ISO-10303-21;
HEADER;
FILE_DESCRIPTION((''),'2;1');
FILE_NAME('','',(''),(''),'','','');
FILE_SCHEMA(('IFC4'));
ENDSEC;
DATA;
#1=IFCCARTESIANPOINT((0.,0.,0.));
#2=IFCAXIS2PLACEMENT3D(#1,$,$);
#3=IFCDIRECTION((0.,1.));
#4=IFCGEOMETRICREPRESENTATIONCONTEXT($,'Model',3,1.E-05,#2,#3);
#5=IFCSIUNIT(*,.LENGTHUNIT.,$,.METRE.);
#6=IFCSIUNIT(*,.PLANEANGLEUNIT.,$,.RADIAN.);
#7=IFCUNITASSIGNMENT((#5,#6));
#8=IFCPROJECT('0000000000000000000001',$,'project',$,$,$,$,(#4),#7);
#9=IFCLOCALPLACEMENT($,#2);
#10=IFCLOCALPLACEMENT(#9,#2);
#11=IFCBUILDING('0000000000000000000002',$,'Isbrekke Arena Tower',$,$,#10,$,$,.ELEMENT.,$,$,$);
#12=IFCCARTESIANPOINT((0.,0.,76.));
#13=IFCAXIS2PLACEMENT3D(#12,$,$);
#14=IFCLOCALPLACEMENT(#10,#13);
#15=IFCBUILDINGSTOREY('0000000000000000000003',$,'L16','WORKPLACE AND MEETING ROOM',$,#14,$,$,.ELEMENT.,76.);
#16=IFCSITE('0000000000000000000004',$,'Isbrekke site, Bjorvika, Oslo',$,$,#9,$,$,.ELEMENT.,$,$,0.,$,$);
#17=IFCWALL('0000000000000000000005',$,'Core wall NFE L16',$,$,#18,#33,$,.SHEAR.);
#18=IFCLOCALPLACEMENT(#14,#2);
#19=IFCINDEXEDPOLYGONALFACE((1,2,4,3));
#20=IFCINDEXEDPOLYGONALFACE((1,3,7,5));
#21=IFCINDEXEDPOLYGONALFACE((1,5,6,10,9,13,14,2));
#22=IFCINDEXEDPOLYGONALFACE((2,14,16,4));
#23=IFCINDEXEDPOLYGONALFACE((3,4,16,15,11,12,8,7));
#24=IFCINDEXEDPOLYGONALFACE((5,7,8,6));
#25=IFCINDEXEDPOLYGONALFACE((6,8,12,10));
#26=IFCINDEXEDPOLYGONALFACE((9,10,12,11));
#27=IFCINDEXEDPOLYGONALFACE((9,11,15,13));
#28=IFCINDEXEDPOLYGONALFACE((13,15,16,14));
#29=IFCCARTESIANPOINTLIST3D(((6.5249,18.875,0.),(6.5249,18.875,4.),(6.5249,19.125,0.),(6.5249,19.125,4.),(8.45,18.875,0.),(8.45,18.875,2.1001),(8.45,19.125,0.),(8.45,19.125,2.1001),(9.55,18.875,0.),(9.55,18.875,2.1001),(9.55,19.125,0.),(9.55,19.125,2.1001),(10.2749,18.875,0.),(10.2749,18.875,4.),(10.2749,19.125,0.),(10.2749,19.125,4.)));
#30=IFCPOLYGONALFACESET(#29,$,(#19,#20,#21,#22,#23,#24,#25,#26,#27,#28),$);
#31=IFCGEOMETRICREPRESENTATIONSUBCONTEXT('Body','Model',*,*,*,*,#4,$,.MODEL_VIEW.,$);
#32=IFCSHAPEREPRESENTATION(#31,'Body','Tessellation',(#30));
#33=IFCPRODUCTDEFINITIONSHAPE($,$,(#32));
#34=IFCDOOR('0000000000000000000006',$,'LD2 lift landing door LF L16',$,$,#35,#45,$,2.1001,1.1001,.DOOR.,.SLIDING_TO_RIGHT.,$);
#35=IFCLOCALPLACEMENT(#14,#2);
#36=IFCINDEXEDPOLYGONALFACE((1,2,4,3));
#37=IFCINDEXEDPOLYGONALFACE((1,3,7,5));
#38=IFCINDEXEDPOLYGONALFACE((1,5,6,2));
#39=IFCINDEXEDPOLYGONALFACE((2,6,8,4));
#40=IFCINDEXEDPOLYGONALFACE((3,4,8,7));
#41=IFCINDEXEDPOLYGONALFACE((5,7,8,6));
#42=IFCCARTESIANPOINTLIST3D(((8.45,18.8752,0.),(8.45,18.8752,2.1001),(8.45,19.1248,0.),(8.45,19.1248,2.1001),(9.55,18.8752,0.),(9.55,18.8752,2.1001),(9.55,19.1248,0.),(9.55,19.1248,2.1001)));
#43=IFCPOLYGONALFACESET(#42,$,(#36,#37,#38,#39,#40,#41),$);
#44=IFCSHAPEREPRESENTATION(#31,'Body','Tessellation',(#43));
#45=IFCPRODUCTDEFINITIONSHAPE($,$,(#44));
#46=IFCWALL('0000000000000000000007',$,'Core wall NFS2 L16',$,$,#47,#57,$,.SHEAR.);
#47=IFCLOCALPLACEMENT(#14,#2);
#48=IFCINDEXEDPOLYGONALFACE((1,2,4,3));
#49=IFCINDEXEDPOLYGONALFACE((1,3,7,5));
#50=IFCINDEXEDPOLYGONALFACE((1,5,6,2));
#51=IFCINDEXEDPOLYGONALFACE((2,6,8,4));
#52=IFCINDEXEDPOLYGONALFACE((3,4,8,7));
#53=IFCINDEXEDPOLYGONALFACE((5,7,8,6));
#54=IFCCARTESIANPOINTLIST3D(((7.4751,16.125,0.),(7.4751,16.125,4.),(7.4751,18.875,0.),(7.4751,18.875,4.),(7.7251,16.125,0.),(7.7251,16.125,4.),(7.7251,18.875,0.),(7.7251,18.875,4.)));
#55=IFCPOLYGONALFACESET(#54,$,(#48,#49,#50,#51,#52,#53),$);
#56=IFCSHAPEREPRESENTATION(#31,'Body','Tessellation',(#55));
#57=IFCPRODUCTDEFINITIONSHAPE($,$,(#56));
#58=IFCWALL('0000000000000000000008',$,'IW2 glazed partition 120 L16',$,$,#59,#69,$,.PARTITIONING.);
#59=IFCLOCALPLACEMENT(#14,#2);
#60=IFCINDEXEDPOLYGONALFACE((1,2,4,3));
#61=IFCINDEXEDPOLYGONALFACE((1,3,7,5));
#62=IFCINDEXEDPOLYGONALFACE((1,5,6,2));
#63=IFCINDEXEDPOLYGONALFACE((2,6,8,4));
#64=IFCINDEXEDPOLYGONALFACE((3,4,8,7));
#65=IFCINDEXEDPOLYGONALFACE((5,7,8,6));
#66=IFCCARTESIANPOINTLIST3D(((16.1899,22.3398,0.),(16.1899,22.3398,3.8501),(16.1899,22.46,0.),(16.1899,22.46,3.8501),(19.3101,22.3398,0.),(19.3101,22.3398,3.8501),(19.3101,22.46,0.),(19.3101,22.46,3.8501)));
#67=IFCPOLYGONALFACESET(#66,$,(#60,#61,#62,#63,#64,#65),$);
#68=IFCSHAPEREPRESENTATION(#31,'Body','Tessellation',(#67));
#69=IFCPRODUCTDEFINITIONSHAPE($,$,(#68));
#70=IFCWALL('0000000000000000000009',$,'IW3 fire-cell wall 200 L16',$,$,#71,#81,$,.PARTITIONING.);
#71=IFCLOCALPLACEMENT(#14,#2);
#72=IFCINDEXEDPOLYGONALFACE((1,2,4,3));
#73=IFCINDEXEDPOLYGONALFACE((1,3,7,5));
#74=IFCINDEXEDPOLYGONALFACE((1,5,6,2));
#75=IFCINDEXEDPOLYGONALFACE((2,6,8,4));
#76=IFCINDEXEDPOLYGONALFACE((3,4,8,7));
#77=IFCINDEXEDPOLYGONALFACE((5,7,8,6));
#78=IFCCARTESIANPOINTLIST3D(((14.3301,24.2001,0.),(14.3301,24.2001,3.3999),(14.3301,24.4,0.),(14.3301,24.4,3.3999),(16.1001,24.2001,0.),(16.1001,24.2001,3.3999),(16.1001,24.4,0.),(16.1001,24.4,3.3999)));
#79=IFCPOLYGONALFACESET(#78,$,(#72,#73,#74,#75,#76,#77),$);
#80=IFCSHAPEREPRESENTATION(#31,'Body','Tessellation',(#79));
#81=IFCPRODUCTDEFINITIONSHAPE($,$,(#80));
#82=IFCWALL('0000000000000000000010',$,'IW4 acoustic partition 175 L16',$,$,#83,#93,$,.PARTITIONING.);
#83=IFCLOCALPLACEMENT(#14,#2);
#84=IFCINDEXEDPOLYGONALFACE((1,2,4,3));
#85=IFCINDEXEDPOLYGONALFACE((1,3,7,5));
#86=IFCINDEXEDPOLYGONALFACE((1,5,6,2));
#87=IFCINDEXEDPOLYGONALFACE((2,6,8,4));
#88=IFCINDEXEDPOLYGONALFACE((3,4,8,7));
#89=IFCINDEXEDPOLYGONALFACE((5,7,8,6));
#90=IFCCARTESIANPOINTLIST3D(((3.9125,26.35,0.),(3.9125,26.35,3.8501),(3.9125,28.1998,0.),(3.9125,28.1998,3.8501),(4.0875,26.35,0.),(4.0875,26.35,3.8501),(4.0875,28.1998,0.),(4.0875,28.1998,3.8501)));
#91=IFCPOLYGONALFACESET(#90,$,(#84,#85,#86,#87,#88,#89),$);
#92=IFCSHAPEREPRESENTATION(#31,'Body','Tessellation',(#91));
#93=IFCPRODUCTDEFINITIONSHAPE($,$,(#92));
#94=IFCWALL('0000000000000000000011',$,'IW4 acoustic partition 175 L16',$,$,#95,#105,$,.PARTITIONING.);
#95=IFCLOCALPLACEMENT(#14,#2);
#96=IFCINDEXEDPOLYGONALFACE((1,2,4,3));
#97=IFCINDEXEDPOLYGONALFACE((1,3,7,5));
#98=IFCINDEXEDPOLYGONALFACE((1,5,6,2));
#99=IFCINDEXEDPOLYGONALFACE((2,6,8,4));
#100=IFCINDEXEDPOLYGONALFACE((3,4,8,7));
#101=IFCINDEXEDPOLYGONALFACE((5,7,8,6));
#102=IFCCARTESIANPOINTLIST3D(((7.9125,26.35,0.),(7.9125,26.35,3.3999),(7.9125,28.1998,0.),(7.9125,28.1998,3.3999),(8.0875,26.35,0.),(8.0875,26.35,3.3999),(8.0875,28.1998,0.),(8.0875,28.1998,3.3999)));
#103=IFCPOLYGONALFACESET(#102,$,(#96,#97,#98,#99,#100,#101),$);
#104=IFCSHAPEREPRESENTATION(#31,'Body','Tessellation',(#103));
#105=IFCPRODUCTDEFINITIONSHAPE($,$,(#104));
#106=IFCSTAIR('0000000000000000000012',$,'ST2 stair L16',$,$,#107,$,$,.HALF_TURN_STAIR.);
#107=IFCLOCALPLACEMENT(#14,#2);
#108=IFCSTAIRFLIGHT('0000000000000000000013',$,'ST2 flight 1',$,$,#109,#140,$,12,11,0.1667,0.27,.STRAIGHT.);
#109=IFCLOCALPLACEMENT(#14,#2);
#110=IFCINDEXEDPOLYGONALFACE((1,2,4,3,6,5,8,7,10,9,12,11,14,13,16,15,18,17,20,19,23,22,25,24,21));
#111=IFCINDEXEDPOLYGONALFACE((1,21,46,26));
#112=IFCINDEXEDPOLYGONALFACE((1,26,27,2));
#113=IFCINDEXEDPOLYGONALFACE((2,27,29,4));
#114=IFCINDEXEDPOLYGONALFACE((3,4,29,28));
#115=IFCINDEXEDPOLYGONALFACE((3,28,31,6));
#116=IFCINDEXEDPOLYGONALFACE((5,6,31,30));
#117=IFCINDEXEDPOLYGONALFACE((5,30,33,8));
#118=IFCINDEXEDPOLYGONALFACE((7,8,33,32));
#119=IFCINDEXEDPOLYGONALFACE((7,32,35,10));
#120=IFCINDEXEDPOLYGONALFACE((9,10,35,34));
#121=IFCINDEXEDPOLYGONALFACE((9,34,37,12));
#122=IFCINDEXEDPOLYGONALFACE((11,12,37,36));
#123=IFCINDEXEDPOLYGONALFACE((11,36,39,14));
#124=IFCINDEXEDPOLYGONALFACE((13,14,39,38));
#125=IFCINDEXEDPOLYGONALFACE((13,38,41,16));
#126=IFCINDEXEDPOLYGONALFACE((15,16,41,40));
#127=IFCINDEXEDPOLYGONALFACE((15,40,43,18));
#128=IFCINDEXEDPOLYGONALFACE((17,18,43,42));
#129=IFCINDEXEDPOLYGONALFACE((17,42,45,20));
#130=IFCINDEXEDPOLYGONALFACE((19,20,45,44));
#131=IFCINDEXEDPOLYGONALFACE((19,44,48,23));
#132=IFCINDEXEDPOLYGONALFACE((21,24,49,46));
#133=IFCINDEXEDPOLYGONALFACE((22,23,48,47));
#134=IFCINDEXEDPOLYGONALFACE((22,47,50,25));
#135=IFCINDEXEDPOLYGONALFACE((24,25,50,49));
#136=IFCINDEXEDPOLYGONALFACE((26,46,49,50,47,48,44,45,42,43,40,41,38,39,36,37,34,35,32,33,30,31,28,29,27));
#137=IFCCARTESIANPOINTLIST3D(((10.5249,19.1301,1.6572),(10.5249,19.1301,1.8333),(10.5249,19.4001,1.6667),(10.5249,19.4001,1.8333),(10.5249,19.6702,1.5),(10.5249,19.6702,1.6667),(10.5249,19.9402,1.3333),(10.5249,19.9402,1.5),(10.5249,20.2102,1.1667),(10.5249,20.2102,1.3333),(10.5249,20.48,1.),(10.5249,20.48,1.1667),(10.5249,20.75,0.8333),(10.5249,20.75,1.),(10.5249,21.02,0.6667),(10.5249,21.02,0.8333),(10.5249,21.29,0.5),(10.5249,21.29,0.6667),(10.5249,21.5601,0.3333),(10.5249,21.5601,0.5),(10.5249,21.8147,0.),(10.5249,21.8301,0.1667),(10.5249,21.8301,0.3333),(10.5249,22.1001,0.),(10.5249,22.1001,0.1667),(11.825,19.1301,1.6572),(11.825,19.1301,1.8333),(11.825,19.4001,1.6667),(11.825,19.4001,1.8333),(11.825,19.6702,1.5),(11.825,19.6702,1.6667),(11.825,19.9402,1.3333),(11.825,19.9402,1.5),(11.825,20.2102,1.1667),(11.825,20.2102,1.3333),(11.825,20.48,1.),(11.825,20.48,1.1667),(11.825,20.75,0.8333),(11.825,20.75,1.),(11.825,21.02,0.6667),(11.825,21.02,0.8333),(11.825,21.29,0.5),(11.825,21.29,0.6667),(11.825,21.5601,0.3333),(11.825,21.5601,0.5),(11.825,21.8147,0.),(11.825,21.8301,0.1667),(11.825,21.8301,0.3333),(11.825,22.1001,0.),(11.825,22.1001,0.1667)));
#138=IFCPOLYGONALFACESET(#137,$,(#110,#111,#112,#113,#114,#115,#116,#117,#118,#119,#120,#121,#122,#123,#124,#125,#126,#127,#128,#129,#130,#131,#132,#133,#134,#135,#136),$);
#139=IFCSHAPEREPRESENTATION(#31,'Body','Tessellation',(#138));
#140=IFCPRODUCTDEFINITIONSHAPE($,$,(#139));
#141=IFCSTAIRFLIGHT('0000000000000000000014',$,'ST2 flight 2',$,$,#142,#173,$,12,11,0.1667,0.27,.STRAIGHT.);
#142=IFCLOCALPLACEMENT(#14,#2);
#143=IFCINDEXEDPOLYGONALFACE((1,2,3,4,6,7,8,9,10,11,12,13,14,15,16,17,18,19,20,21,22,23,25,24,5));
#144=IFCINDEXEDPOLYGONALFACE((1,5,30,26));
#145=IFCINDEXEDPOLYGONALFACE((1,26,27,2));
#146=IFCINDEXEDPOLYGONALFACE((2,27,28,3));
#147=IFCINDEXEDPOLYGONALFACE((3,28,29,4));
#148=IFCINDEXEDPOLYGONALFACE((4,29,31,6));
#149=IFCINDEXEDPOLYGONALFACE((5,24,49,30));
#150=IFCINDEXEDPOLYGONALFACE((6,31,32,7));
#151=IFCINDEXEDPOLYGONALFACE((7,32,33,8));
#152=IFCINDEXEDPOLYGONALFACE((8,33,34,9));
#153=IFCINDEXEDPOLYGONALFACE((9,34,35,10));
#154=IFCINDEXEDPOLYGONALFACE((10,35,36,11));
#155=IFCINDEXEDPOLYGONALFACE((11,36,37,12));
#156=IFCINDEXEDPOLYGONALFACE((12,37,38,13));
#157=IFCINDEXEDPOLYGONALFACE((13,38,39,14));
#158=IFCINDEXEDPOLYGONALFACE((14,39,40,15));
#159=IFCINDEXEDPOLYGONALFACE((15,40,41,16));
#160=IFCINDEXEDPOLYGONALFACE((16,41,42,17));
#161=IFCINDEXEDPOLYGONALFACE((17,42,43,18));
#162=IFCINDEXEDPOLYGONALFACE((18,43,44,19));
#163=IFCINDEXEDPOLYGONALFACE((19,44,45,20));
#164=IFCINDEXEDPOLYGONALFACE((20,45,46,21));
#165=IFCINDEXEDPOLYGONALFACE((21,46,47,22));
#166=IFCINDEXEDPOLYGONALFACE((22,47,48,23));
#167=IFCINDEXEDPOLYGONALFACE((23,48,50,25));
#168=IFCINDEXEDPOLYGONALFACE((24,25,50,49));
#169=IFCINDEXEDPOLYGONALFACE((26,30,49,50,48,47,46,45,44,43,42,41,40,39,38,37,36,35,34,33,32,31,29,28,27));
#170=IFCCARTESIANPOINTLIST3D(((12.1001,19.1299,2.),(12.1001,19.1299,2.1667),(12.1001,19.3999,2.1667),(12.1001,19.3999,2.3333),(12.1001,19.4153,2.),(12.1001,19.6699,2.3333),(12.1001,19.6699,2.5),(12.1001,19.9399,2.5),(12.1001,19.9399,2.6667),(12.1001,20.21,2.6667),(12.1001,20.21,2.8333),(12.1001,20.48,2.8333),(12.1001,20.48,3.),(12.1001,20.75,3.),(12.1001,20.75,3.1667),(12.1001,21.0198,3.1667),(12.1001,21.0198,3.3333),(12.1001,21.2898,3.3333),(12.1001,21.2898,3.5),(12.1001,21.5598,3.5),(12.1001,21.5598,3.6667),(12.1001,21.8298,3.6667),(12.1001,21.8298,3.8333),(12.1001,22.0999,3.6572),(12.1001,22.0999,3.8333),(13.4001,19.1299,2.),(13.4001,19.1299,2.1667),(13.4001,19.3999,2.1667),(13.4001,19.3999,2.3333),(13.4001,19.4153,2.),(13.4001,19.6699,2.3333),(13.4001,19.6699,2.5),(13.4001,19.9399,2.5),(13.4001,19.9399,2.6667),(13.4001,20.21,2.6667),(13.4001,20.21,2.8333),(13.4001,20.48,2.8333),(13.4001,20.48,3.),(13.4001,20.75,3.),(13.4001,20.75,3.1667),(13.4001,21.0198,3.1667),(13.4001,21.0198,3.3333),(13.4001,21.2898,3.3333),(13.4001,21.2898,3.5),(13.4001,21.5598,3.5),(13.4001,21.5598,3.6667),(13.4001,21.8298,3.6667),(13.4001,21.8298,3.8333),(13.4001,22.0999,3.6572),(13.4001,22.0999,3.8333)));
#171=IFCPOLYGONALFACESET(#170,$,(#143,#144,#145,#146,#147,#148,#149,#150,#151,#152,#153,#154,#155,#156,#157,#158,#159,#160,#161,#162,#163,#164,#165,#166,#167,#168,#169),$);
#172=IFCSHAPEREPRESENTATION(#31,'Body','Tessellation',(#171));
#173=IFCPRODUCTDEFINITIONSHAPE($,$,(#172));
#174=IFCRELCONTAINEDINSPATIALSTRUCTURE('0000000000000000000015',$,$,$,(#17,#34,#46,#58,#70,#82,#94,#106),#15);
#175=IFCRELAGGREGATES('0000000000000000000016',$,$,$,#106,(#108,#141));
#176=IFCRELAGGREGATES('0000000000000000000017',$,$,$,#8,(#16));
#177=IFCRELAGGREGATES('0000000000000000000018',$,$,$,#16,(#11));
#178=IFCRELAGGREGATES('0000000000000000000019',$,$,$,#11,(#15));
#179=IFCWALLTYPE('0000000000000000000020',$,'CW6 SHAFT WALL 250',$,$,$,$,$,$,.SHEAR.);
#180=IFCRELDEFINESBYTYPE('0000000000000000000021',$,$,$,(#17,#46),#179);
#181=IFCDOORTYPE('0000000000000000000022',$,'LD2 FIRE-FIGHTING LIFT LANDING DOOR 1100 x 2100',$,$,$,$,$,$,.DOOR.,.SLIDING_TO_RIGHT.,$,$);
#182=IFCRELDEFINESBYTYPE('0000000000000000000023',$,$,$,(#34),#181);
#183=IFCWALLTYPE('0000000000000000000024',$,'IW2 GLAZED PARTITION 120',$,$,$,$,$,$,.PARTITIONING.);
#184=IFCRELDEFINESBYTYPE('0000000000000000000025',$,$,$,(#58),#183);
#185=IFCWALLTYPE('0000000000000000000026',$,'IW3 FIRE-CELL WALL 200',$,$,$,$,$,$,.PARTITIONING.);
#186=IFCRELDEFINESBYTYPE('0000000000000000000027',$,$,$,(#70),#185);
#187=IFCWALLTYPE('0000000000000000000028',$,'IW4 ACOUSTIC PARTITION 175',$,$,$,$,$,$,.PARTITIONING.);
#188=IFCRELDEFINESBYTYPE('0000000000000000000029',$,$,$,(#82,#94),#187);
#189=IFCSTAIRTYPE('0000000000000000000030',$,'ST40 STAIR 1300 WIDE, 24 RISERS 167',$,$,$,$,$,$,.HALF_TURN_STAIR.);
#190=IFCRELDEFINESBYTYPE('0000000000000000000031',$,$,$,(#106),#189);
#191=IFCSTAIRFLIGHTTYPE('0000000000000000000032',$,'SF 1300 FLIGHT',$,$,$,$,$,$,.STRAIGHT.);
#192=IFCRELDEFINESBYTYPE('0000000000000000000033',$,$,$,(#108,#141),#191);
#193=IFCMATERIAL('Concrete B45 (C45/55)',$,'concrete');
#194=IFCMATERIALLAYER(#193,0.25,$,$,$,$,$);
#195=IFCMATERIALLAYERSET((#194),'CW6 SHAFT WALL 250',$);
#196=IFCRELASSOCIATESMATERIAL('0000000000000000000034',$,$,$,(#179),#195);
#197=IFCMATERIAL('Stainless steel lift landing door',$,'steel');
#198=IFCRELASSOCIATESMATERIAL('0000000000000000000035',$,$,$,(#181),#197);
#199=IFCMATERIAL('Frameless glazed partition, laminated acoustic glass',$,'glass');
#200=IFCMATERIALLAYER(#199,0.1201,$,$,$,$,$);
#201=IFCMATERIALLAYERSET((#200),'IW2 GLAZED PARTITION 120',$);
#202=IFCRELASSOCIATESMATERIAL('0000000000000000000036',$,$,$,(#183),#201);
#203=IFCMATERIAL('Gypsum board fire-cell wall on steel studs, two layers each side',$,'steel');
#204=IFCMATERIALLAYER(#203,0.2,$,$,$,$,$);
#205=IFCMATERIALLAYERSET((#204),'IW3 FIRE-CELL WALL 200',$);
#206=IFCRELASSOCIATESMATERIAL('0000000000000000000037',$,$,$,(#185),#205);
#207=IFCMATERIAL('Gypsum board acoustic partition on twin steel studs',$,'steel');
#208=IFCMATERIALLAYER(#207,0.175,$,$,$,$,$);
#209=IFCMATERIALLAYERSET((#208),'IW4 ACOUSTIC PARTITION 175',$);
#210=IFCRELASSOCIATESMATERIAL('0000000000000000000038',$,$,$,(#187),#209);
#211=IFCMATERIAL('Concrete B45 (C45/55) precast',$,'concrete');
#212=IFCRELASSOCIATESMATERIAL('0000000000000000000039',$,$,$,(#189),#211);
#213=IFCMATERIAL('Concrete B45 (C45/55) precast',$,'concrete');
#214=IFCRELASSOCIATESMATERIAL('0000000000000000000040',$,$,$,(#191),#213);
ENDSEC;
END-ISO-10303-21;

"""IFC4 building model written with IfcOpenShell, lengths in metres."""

from ifc_helpers import new_model, si_unit, direction, frame, frame_2d, origin, place, context, subcontext, project, spatial, polyline, rectangle, outline, extrude, material, layer, layer_set, type_object, element, fill, aggregate, save


model = new_model("IFC4")

# Units and contexts
model_context = context("Model", 3, precision=1e-05, world=origin(), true_north=direction((0.0, 1.0)))
body_context = subcontext(model_context, "Body", "Model", "MODEL_VIEW")
ifc_project = project(units=[si_unit("LENGTHUNIT", "METRE"), si_unit("PLANEANGLEUNIT", "RADIAN")], contexts=[model_context])

# Site, building, storey
site_placement = place(None, origin())
site = spatial("IfcSite", under=ifc_project, at=site_placement, Name="Isbrekke site, Bjorvika, Oslo", CompositionType="ELEMENT", RefElevation=0.0)
building_placement = place(site_placement, origin())
building = spatial("IfcBuilding", under=site, at=building_placement, Name="Isbrekke Arena Tower", CompositionType="ELEMENT")
storey_placement = place(building_placement, frame((0.0, 0.0, 76.0)))
storey = spatial("IfcBuildingStorey", under=building, at=storey_placement, Name="L16", Description="WORKPLACE AND MEETING ROOM", CompositionType="ELEMENT", Elevation=76.0)

# Shared definitions
ifc_material_1 = material(Name="Concrete B45 (C45/55)", Category="concrete")
ifc_layer_1 = layer(ifc_material_1, 0.25)
ifc_layer_set_1 = layer_set([ifc_layer_1], Name="CW6 SHAFT WALL 250")
wall_type_1 = type_object("IfcWallType", Name="CW6 SHAFT WALL 250", PredefinedType="SHEAR", material=ifc_layer_set_1)

# Wall, opening, door
wall_1_placement = place(storey_placement, frame((6.5249, 19.0, 0.0), z_axis=(0.0, 0.0, 1.0), x_axis=(1.0, 0.0, 0.0)))
wall_1 = element("IfcWall", 1, at=wall_1_placement, inside=storey, type_object=wall_type_1, Name="Core wall NFE L16", PredefinedType="SHEAR", context=body_context, shape_type="SweptSolid", body=[
    extrude(rectangle(XDim=3.75, YDim=0.25, at=frame_2d((1.875, 0.0))), origin(), (0.0, 0.0, 1.0), 4.0),
])
opening_1_placement = place(wall_1_placement, frame((1.925, 0.0, 0.0)))
opening_1 = element("IfcOpeningElement", 2, at=opening_1_placement, cuts=wall_1, PredefinedType="OPENING", context=body_context, shape_type="SweptSolid", body=[
    extrude(rectangle(XDim=1.1001, YDim=2.1001, at=frame_2d((0.55, 1.05))), frame((0.0, 0.1399, 0.0), z_axis=(0.0, -1.0, 0.0), x_axis=(1.0, 0.0, 0.0)), (0.0, 0.0, 1.0), 0.2798),
])
ifc_material_2 = material(Name="Stainless steel lift landing door", Category="steel")
door_type_1 = type_object("IfcDoorType", Name="LD2 FIRE-FIGHTING LIFT LANDING DOOR 1100 x 2100", OperationType="SLIDING_TO_RIGHT", PredefinedType="DOOR", material=ifc_material_2)
door_1_placement = place(opening_1_placement, origin())
door_1 = element("IfcDoor", 3, at=door_1_placement, inside=storey, type_object=door_type_1, Name="LD2 lift landing door LF L16", OperationType="SLIDING_TO_RIGHT", OverallHeight=2.1001, OverallWidth=1.1001, PredefinedType="DOOR", context=body_context, shape_type="SweptSolid", body=[
    extrude(rectangle(XDim=1.1001, YDim=2.1001, at=frame_2d((0.55, 1.05))), frame((0.0, 0.1248, 0.0), z_axis=(0.0, -1.0, 0.0), x_axis=(1.0, 0.0, 0.0)), (0.0, 0.0, 1.0), 0.2495),
])
fill(opening_1, door_1)

# Walls
wall_2_placement = place(storey_placement, frame((7.6001, 16.125, 0.0), z_axis=(0.0, 0.0, 1.0), x_axis=(0.0, 1.0, 0.0)))
element("IfcWall", 4, at=wall_2_placement, inside=storey, type_object=wall_type_1, Name="Core wall NFS2 L16", PredefinedType="SHEAR", context=body_context, shape_type="SweptSolid", body=[
    extrude(rectangle(XDim=2.75, YDim=0.25, at=frame_2d((1.375, 0.0))), origin(), (0.0, 0.0, 1.0), 4.0),
])
ifc_material_3 = material(Name="Frameless glazed partition, laminated acoustic glass", Category="glass")
ifc_layer_2 = layer(ifc_material_3, 0.1201)
ifc_layer_set_2 = layer_set([ifc_layer_2], Name="IW2 GLAZED PARTITION 120")
wall_type_2 = type_object("IfcWallType", Name="IW2 GLAZED PARTITION 120", PredefinedType="PARTITIONING", material=ifc_layer_set_2)
wall_3_placement = place(storey_placement, frame((16.1899, 22.3999, 0.0), z_axis=(0.0, 0.0, 1.0), x_axis=(1.0, 0.0, 0.0)))
element("IfcWall", 5, at=wall_3_placement, inside=storey, type_object=wall_type_2, Name="IW2 glazed partition 120 L16", PredefinedType="PARTITIONING", context=body_context, shape_type="SweptSolid", body=[
    extrude(rectangle(XDim=3.1201, YDim=0.1201, at=frame_2d((1.5601, 0.0))), origin(), (0.0, 0.0, 1.0), 3.8501),
])
ifc_material_4 = material(Name="Gypsum board fire-cell wall on steel studs, two layers each side", Category="steel")
ifc_layer_3 = layer(ifc_material_4, 0.2)
ifc_layer_set_3 = layer_set([ifc_layer_3], Name="IW3 FIRE-CELL WALL 200")
wall_type_3 = type_object("IfcWallType", Name="IW3 FIRE-CELL WALL 200", PredefinedType="PARTITIONING", material=ifc_layer_set_3)
wall_4_placement = place(storey_placement, frame((14.3301, 24.3, 0.0), z_axis=(0.0, 0.0, 1.0), x_axis=(1.0, 0.0, 0.0)))
element("IfcWall", 6, at=wall_4_placement, inside=storey, type_object=wall_type_3, Name="IW3 fire-cell wall 200 L16", PredefinedType="PARTITIONING", context=body_context, shape_type="SweptSolid", body=[
    extrude(rectangle(XDim=1.77, YDim=0.2, at=frame_2d((0.885, 0.0))), origin(), (0.0, 0.0, 1.0), 3.3999),
])

# Walls
ifc_material_5 = material(Name="Gypsum board acoustic partition on twin steel studs", Category="steel")
ifc_layer_4 = layer(ifc_material_5, 0.175)
ifc_layer_set_4 = layer_set([ifc_layer_4], Name="IW4 ACOUSTIC PARTITION 175")
wall_type_4 = type_object("IfcWallType", Name="IW4 ACOUSTIC PARTITION 175", PredefinedType="PARTITIONING", material=ifc_layer_set_4)
wall_5_placement = place(storey_placement, frame((4.0, 26.3501, 0.0), z_axis=(0.0, 0.0, 1.0), x_axis=(0.0, 1.0, 0.0)))
element("IfcWall", 7, at=wall_5_placement, inside=storey, type_object=wall_type_4, Name="IW4 acoustic partition 175 L16", PredefinedType="PARTITIONING", context=body_context, shape_type="SweptSolid", body=[
    extrude(rectangle(XDim=1.8499, YDim=0.175, at=frame_2d((0.9248, 0.0))), origin(), (0.0, 0.0, 1.0), 3.8501),
])
wall_6_placement = place(storey_placement, frame((8.0, 26.3501, 0.0), z_axis=(0.0, 0.0, 1.0), x_axis=(0.0, 1.0, 0.0)))
element("IfcWall", 8, at=wall_6_placement, inside=storey, type_object=wall_type_4, Name="IW4 acoustic partition 175 L16", PredefinedType="PARTITIONING", context=body_context, shape_type="SweptSolid", body=[
    extrude(rectangle(XDim=1.8499, YDim=0.175, at=frame_2d((0.9248, 0.0))), origin(), (0.0, 0.0, 1.0), 3.3999),
])

# Stair, stair flights
ifc_material_6 = material(Name="Concrete B45 (C45/55) precast", Category="concrete")
stair_type = type_object("IfcStairType", Name="ST40 STAIR 1300 WIDE, 24 RISERS 167", PredefinedType="HALF_TURN_STAIR", material=ifc_material_6)
stair_placement = place(storey_placement, origin())
stair = element("IfcStair", 9, at=stair_placement, inside=storey, type_object=stair_type, Name="ST2 stair L16", PredefinedType="HALF_TURN_STAIR")
ifc_material_7 = material(Name="Concrete B45 (C45/55) precast", Category="concrete")
stair_flight_type = type_object("IfcStairFlightType", Name="SF 1300 FLIGHT", PredefinedType="STRAIGHT", material=ifc_material_7)
stair_flight_1_placement = place(storey_placement, frame((11.175, 22.1001, 0.0), z_axis=(0.0, 0.0, 1.0), x_axis=(0.0, -1.0, 0.0)))
stair_flight_1 = element("IfcStairFlight", 10, at=stair_flight_1_placement, type_object=stair_flight_type, Name="ST2 flight 1", NumberOfRisers=12, NumberOfTreads=11, PredefinedType="STRAIGHT", RiserHeight=0.1667, TreadLength=0.27, context=body_context, shape_type="SweptSolid", body=[
    extrude(outline(polyline([(0.0, 0.0), (0.0, 0.1667), (0.27, 0.1667), (0.27, 0.3333), (0.54, 0.3333), (0.54, 0.5), (0.8101, 0.5), (0.8101, 0.6667), (1.0801, 0.6667), (1.0801, 0.8333), (1.3501, 0.8333), (1.3501, 1.0), (1.6201, 1.0), (1.6201, 1.1667), (1.8899, 1.1667), (1.8899, 1.3333), (2.1599, 1.3333), (2.1599, 1.5), (2.4299, 1.5), (2.4299, 1.6667), (2.7, 1.6667), (2.7, 1.8333), (2.97, 1.8333), (2.97, 2.0), (2.97, 1.6572), (0.2854, 0.0), (0.0, 0.0)])), frame((0.0, 0.6499, 0.0), z_axis=(0.0, -1.0, 0.0), x_axis=(1.0, 0.0, 0.0)), (0.0, 0.0, 1.0), 1.3),
])
stair_flight_2_placement = place(storey_placement, frame((12.75, 19.1299, 2.0), z_axis=(0.0, 0.0, 1.0), x_axis=(0.0, 1.0, 0.0)))
stair_flight_2 = element("IfcStairFlight", 11, at=stair_flight_2_placement, type_object=stair_flight_type, Name="ST2 flight 2", NumberOfRisers=12, NumberOfTreads=11, PredefinedType="STRAIGHT", RiserHeight=0.1667, TreadLength=0.27, context=body_context, shape_type="SweptSolid", body=[
    extrude(outline(polyline([(0.0, 0.0), (0.0, 0.1667), (0.27, 0.1667), (0.27, 0.3333), (0.54, 0.3333), (0.54, 0.5), (0.8101, 0.5), (0.8101, 0.6667), (1.0801, 0.6667), (1.0801, 0.8333), (1.3501, 0.8333), (1.3501, 1.0), (1.6201, 1.0), (1.6201, 1.1667), (1.8899, 1.1667), (1.8899, 1.3333), (2.1599, 1.3333), (2.1599, 1.5), (2.4299, 1.5), (2.4299, 1.6667), (2.7, 1.6667), (2.7, 1.8333), (2.97, 1.8333), (2.97, 2.0), (2.97, 1.6572), (0.2854, 0.0), (0.0, 0.0)])), frame((0.0, 0.6499, 0.0), z_axis=(0.0, -1.0, 0.0), x_axis=(1.0, 0.0, 0.0)), (0.0, 0.0, 1.0), 1.3),
])
aggregate(stair, [stair_flight_1, stair_flight_2])

save(model, "model.ifc")
